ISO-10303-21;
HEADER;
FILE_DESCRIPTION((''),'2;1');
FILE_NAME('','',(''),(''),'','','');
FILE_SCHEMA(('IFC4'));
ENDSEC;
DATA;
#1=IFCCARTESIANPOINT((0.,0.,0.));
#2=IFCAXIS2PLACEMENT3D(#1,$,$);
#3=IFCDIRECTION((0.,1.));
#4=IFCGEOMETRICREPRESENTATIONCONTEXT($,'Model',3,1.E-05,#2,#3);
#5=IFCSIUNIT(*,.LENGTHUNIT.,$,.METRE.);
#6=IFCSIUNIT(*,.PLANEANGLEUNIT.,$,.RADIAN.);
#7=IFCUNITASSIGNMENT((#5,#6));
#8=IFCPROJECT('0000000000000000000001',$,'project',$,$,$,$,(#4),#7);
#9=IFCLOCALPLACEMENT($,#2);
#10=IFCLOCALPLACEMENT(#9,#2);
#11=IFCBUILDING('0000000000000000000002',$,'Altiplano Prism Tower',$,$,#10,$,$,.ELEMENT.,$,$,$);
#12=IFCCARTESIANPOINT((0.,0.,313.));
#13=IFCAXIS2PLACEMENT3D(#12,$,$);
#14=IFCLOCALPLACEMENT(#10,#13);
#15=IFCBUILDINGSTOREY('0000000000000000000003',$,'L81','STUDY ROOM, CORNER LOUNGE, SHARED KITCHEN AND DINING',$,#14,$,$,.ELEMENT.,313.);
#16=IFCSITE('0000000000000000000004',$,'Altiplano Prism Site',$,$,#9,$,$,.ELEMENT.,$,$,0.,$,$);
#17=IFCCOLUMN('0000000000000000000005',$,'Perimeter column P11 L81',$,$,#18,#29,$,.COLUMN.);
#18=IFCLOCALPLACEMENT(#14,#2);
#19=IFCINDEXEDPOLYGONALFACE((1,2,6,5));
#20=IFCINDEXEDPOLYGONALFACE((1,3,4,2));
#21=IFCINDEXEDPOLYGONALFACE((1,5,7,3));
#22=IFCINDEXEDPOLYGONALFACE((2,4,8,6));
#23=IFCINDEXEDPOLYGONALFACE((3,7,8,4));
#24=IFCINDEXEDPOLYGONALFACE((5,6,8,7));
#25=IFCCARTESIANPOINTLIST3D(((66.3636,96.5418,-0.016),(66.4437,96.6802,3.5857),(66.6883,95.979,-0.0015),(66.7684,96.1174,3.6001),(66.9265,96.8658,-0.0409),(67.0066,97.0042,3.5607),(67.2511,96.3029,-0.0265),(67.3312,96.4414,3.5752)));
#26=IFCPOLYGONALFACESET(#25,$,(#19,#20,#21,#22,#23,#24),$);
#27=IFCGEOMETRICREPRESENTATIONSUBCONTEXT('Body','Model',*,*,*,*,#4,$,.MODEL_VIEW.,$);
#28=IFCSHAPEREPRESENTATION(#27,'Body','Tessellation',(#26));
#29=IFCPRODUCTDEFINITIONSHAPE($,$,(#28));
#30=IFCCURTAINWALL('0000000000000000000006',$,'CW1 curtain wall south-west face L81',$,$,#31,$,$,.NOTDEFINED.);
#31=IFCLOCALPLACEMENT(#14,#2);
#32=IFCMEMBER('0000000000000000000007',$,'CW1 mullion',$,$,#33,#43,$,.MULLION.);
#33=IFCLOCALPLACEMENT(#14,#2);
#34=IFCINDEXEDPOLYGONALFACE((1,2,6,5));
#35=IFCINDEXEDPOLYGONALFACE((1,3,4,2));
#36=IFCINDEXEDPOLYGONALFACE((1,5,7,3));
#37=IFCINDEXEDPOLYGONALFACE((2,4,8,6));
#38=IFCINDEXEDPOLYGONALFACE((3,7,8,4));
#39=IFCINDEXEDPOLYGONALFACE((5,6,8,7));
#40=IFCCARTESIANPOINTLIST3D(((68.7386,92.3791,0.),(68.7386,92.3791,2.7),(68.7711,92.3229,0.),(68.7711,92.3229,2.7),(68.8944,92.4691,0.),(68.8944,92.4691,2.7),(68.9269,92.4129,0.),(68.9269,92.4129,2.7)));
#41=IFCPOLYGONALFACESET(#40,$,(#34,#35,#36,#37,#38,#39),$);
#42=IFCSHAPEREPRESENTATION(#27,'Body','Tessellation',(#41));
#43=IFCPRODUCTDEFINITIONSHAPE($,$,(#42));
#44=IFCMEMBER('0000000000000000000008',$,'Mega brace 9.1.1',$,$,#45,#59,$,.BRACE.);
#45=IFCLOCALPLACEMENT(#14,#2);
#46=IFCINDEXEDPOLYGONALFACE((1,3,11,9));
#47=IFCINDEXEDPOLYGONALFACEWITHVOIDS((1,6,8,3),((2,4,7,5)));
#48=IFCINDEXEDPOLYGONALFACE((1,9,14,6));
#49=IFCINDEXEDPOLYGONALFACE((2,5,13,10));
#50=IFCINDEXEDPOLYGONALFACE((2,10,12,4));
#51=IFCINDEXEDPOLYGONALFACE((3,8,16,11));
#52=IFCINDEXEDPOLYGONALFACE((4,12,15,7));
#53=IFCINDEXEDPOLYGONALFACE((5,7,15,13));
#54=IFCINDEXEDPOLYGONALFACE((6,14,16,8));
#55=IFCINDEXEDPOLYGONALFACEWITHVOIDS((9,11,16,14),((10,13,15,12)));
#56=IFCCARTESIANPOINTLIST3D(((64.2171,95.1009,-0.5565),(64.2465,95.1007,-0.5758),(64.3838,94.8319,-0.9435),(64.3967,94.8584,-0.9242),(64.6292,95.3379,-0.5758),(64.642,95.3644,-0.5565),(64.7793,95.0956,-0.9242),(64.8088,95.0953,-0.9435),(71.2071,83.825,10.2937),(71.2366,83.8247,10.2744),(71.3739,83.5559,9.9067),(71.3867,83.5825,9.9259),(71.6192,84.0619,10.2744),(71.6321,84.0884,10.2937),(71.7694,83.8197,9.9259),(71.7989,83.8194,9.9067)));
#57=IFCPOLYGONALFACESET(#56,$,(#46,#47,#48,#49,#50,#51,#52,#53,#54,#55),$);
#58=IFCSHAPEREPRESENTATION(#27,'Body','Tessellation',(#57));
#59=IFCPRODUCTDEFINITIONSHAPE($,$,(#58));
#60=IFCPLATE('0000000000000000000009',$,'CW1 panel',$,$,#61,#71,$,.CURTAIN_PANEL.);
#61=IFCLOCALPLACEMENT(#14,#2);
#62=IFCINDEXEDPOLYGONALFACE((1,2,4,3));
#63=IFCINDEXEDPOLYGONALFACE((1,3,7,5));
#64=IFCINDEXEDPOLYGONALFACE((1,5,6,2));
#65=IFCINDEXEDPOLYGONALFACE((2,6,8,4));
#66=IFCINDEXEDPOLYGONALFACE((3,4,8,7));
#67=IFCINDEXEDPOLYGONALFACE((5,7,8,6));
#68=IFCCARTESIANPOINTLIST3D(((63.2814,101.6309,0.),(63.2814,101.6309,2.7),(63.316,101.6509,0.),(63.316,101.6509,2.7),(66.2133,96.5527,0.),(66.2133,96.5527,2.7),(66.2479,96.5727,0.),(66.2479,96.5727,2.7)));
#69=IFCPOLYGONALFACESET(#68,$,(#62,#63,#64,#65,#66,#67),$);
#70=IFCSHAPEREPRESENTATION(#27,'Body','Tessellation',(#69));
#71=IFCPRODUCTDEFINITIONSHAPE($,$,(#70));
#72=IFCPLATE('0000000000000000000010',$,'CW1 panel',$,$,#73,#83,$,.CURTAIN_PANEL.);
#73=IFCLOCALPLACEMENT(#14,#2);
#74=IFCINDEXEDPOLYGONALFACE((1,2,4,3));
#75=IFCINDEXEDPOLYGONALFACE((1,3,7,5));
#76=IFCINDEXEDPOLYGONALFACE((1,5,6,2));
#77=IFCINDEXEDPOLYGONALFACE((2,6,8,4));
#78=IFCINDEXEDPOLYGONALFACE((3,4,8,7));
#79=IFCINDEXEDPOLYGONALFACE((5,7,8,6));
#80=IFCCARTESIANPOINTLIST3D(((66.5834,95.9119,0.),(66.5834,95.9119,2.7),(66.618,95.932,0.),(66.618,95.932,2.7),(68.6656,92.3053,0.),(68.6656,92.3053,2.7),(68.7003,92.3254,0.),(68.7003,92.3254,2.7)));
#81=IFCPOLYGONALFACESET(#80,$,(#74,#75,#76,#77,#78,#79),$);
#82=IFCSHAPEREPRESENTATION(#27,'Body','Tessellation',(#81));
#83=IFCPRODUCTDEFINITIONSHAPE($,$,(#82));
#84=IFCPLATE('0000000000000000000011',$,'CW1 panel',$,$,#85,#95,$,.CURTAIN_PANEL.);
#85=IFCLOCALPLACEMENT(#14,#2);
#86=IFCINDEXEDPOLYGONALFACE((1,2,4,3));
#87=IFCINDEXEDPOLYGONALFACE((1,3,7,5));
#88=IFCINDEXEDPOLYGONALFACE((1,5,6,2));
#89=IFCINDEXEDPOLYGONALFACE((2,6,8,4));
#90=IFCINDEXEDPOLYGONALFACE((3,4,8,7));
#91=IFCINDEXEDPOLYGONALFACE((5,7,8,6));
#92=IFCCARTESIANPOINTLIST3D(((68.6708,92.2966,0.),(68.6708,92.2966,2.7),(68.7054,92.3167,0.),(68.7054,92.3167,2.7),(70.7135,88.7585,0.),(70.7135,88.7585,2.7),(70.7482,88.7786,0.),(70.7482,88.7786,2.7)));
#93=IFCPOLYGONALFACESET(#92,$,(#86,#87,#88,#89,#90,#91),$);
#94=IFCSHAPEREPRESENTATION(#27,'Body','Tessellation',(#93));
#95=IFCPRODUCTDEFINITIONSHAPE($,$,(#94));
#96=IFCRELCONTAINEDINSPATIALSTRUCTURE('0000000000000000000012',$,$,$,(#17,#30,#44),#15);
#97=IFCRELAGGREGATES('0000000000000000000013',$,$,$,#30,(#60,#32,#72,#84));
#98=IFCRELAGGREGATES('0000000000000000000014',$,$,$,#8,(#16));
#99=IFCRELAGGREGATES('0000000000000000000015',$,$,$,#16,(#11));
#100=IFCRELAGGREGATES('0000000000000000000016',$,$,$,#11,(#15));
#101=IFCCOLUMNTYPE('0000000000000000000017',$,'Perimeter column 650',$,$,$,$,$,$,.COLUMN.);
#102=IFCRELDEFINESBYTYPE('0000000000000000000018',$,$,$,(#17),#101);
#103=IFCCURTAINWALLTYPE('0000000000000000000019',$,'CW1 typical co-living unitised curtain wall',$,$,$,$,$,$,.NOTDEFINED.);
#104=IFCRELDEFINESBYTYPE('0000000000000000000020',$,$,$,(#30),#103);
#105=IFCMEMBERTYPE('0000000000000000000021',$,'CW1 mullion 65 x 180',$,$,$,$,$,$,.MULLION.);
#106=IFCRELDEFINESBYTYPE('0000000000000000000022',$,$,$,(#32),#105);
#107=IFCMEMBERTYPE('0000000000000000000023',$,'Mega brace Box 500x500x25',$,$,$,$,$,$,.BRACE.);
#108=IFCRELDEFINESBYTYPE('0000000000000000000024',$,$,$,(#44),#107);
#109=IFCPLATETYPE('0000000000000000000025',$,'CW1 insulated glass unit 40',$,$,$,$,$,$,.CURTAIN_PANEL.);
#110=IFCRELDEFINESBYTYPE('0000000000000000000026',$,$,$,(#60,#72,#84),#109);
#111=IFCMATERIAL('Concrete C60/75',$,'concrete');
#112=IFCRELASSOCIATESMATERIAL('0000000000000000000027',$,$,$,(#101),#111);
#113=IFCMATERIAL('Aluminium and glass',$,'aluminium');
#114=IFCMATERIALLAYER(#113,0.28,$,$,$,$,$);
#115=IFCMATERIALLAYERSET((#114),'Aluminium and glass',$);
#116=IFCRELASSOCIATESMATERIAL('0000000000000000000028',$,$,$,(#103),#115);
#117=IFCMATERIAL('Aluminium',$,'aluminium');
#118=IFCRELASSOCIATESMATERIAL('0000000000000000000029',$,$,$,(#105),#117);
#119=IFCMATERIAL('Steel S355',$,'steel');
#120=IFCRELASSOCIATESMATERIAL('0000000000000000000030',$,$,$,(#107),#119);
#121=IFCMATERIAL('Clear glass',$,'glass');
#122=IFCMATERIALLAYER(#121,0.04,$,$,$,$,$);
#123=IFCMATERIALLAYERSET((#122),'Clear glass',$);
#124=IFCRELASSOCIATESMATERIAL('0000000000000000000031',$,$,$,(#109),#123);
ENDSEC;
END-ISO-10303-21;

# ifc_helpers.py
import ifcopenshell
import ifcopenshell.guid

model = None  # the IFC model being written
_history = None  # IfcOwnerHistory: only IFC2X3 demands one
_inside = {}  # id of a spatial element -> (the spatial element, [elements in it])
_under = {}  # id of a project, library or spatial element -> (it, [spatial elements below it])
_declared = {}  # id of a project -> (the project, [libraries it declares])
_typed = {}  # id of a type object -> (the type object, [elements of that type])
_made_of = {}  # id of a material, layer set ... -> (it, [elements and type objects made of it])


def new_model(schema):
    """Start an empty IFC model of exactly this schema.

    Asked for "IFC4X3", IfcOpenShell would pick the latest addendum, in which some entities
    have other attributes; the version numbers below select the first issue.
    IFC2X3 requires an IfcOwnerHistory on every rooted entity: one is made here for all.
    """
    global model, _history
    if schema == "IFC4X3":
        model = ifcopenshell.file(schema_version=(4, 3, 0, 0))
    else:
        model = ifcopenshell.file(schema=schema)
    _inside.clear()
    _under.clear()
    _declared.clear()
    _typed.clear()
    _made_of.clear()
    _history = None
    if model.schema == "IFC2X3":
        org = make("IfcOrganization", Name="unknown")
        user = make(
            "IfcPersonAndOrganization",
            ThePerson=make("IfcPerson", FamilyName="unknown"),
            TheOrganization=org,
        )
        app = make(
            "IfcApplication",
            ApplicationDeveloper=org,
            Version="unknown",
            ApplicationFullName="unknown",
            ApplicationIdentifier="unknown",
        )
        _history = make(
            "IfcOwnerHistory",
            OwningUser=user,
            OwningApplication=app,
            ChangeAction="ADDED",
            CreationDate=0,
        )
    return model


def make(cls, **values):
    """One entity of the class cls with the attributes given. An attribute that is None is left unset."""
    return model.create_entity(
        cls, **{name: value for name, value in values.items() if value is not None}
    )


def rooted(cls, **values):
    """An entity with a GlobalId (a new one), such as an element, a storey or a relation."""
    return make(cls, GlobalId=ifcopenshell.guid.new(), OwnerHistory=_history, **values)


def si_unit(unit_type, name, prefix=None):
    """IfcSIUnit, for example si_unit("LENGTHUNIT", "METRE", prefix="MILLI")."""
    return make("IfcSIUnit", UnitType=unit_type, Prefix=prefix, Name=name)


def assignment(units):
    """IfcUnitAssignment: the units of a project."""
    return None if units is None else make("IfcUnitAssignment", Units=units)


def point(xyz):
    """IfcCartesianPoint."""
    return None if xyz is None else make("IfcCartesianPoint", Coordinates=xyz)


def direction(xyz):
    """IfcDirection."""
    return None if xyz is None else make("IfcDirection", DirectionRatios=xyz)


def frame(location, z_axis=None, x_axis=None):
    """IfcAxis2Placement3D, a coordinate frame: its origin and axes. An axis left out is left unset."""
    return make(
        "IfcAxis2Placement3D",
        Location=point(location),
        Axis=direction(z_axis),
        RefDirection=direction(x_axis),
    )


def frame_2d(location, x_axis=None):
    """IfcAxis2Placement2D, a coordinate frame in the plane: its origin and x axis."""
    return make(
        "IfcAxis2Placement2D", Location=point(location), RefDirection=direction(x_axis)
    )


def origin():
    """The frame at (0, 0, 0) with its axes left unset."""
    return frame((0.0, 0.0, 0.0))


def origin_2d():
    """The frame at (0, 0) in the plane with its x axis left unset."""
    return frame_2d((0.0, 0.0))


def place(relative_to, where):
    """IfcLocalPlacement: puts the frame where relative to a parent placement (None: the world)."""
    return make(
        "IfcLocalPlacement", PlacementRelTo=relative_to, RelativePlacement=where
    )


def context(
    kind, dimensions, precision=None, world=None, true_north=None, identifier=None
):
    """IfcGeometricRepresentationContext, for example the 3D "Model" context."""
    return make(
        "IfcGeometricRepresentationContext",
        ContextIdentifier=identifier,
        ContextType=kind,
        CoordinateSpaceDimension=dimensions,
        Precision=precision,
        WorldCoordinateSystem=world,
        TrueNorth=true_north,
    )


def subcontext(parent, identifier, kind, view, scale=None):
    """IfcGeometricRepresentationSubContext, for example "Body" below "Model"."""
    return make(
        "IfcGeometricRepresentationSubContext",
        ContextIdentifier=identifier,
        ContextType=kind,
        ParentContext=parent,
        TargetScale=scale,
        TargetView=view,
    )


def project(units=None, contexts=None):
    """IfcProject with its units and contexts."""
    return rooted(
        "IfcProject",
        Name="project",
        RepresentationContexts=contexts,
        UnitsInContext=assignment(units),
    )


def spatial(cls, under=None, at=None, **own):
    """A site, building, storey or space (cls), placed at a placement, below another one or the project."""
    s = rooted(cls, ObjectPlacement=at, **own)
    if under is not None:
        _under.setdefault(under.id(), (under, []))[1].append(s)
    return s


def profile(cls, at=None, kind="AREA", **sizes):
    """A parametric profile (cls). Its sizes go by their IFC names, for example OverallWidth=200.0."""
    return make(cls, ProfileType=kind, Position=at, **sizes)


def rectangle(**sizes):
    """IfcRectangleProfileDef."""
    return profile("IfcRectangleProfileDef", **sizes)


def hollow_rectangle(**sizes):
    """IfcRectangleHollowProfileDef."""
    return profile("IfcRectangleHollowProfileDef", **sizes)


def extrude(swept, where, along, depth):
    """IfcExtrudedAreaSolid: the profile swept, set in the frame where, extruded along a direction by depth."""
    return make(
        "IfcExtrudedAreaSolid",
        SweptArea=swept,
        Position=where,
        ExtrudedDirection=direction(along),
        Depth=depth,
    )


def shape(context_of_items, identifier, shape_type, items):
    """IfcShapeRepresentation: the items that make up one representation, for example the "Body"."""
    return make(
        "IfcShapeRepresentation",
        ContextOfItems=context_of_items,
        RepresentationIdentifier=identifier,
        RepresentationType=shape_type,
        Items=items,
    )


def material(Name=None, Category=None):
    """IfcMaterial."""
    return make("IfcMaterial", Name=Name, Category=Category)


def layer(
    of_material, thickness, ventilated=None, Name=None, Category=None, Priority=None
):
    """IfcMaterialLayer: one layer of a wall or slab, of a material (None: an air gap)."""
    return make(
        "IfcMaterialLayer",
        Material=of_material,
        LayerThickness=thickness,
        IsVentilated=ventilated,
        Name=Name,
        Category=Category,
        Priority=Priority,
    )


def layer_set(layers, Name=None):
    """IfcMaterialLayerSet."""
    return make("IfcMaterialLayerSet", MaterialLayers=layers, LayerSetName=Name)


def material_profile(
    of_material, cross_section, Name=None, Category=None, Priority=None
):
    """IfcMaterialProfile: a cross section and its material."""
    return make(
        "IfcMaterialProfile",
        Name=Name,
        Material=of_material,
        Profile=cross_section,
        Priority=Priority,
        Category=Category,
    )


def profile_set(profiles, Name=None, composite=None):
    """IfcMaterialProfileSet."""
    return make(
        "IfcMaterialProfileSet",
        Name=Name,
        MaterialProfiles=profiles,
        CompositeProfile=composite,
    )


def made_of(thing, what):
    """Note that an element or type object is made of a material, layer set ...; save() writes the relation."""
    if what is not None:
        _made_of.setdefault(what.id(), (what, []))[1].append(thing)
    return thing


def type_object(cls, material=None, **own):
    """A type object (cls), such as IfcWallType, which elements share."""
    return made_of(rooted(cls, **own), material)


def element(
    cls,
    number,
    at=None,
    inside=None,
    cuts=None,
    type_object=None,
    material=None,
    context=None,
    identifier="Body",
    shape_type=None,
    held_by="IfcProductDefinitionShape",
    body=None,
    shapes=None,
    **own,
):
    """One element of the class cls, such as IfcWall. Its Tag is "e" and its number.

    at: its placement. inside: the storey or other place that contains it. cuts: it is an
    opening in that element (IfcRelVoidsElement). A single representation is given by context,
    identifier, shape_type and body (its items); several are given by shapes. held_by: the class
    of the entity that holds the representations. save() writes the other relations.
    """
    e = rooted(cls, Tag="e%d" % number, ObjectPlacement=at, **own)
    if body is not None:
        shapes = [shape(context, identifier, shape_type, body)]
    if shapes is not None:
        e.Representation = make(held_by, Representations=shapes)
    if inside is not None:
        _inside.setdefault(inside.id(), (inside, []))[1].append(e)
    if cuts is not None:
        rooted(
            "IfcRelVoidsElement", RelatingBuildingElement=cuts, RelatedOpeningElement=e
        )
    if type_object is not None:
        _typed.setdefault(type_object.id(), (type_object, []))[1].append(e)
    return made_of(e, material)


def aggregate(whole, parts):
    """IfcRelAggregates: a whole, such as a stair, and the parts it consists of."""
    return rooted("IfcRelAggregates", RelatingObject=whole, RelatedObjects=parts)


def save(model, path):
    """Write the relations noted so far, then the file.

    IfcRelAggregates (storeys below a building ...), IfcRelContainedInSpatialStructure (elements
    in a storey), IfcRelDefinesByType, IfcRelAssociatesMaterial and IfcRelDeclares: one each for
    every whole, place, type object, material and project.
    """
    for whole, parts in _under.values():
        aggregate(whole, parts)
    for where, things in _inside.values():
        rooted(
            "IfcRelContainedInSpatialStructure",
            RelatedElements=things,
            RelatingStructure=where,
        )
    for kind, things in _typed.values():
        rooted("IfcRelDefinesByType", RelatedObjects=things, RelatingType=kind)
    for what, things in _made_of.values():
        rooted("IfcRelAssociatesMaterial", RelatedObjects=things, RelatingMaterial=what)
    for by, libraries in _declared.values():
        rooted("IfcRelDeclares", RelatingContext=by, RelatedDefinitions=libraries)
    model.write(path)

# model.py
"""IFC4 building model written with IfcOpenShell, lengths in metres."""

from ifc_helpers import new_model, si_unit, direction, frame, origin, origin_2d, place, context, subcontext, project, spatial, rectangle, hollow_rectangle, extrude, material, layer, layer_set, material_profile, profile_set, type_object, element, aggregate, save


model = new_model("IFC4")

# Units and contexts
model_context = context("Model", 3, precision=1e-05, world=origin(), true_north=direction((0.0, 1.0)))
body_context = subcontext(model_context, "Body", "Model", "MODEL_VIEW")
ifc_project = project(units=[si_unit("LENGTHUNIT", "METRE"), si_unit("PLANEANGLEUNIT", "RADIAN")], contexts=[model_context])

# Site, building, storey
site_placement = place(None, origin())
site = spatial("IfcSite", under=ifc_project, at=site_placement, Name="Altiplano Prism Site", CompositionType="ELEMENT", RefElevation=0.0)
building_placement = place(site_placement, origin())
building = spatial("IfcBuilding", under=site, at=building_placement, Name="Altiplano Prism Tower", CompositionType="ELEMENT")
storey_placement = place(building_placement, frame((0.0, 0.0, 313.0)))
storey = spatial("IfcBuildingStorey", under=building, at=storey_placement, Name="L81", Description="STUDY ROOM, CORNER LOUNGE, SHARED KITCHEN AND DINING", CompositionType="ELEMENT", Elevation=313.0)

# Column
ifc_material_1 = material(Name="Concrete C60/75", Category="concrete")
ifc_material_profile_1 = material_profile(ifc_material_1, rectangle(XDim=0.6499, YDim=0.6499, at=origin_2d()), Name="Perimeter column 650")
ifc_profile_set_1 = profile_set([ifc_material_profile_1], Name="Concrete C60/75")
column_type = type_object("IfcColumnType", Name="Perimeter column 650", PredefinedType="COLUMN", material=ifc_profile_set_1)
column_placement = place(storey_placement, frame((66.8074, 96.4224, -0.0212), z_axis=(0.022212, 0.038398, 0.999016), x_axis=(-0.866024, -0.498524, 0.038416)))
element("IfcColumn", 1, at=column_placement, inside=storey, type_object=column_type, Name="Perimeter column P11 L81", PredefinedType="COLUMN", context=body_context, shape_type="SweptSolid", body=[
    extrude(rectangle(XDim=0.6499, YDim=0.6499, at=origin_2d()), origin(), (0.0, 0.0, 1.0), 3.6052),
])

# Curtain wall, member
ifc_material_2 = material(Name="Aluminium and glass", Category="aluminium")
ifc_layer_1 = layer(ifc_material_2, 0.28)
ifc_layer_set_1 = layer_set([ifc_layer_1], Name="Aluminium and glass")
curtain_wall_type = type_object("IfcCurtainWallType", Name="CW1 typical co-living unitised curtain wall", PredefinedType="NOTDEFINED", material=ifc_layer_set_1)
curtain_wall_placement = place(storey_placement, origin())
curtain_wall = element("IfcCurtainWall", 2, at=curtain_wall_placement, inside=storey, type_object=curtain_wall_type, Name="CW1 curtain wall south-west face L81", PredefinedType="NOTDEFINED")
ifc_material_3 = material(Name="Aluminium", Category="aluminium")
ifc_material_profile_2 = material_profile(ifc_material_3, rectangle(XDim=0.1799, YDim=0.0649, at=origin_2d()), Name="CW1 mullion 65 x 180")
ifc_profile_set_2 = profile_set([ifc_material_profile_2], Name="Aluminium")
member_type_1 = type_object("IfcMemberType", Name="CW1 mullion 65 x 180", PredefinedType="MULLION", material=ifc_profile_set_2)
member_1_placement = place(storey_placement, frame((68.8328, 92.396, 0.0), z_axis=(0.0, 0.0, 1.0), x_axis=(0.866025, 0.5, 0.0)))
member_1 = element("IfcMember", 3, at=member_1_placement, type_object=member_type_1, Name="CW1 mullion", PredefinedType="MULLION", context=body_context, shape_type="SweptSolid", body=[
    extrude(rectangle(XDim=0.1799, YDim=0.0649, at=origin_2d()), origin(), (0.0, 0.0, 1.0), 2.7),
])

# Member
ifc_material_4 = material(Name="Steel S355", Category="steel")
ifc_material_profile_3 = material_profile(ifc_material_4, hollow_rectangle(XDim=0.5, YDim=0.5, WallThickness=0.0249, at=origin_2d()), Name="Mega brace Box 500x500x25")
ifc_profile_set_3 = profile_set([ifc_material_profile_3], Name="Steel S355")
member_type_2 = type_object("IfcMemberType", Name="Mega brace Box 500x500x25", PredefinedType="BRACE", material=ifc_profile_set_3)
member_2_placement = place(storey_placement, frame((64.5129, 95.0981, -0.75), z_axis=(0.407852, -0.657925, 0.633081), x_axis=(0.849938, 0.526882, 0.0)))
element("IfcMember", 4, at=member_2_placement, inside=storey, type_object=member_type_2, Name="Mega brace 9.1.1", PredefinedType="BRACE", context=body_context, shape_type="SweptSolid", body=[
    extrude(hollow_rectangle(XDim=0.5, YDim=0.5, WallThickness=0.0249, at=origin_2d()), origin(), (0.0, 0.0, 1.0), 17.1387),
])

# Plates
ifc_material_5 = material(Name="Clear glass", Category="glass")
ifc_layer_2 = layer(ifc_material_5, 0.04)
ifc_layer_set_2 = layer_set([ifc_layer_2], Name="Clear glass")
plate_type = type_object("IfcPlateType", Name="CW1 insulated glass unit 40", PredefinedType="CURTAIN_PANEL", material=ifc_layer_set_2)
plate_1_placement = place(storey_placement, frame((64.7646, 99.1018, 0.0), z_axis=(0.0, 0.0, 1.0), x_axis=(0.5, -0.866025, 0.0)))
plate_1 = element("IfcPlate", 5, at=plate_1_placement, type_object=plate_type, Name="CW1 panel", PredefinedType="CURTAIN_PANEL", context=body_context, shape_type="SweptSolid", body=[
    extrude(rectangle(XDim=5.8638, YDim=0.04, at=origin_2d()), origin(), (0.0, 0.0, 1.0), 2.7),
])
plate_2_placement = place(storey_placement, frame((67.6418, 94.1187, 0.0), z_axis=(0.0, 0.0, 1.0), x_axis=(0.5, -0.866025, 0.0)))
plate_2 = element("IfcPlate", 6, at=plate_2_placement, type_object=plate_type, Name="CW1 panel", PredefinedType="CURTAIN_PANEL", context=body_context, shape_type="SweptSolid", body=[
    extrude(rectangle(XDim=4.1646, YDim=0.04, at=origin_2d()), origin(), (0.0, 0.0, 1.0), 2.7),
])
plate_3_placement = place(storey_placement, frame((69.7095, 90.5376, 0.0), z_axis=(0.0, 0.0, 1.0), x_axis=(0.5, -0.866025, 0.0)))
plate_3 = element("IfcPlate", 7, at=plate_3_placement, type_object=plate_type, Name="CW1 panel", PredefinedType="CURTAIN_PANEL", context=body_context, shape_type="SweptSolid", body=[
    extrude(rectangle(XDim=4.0854, YDim=0.04, at=origin_2d()), origin(), (0.0, 0.0, 1.0), 2.7),
])
aggregate(curtain_wall, [plate_1, member_1, plate_2, plate_3])

save(model, "model.ifc")
